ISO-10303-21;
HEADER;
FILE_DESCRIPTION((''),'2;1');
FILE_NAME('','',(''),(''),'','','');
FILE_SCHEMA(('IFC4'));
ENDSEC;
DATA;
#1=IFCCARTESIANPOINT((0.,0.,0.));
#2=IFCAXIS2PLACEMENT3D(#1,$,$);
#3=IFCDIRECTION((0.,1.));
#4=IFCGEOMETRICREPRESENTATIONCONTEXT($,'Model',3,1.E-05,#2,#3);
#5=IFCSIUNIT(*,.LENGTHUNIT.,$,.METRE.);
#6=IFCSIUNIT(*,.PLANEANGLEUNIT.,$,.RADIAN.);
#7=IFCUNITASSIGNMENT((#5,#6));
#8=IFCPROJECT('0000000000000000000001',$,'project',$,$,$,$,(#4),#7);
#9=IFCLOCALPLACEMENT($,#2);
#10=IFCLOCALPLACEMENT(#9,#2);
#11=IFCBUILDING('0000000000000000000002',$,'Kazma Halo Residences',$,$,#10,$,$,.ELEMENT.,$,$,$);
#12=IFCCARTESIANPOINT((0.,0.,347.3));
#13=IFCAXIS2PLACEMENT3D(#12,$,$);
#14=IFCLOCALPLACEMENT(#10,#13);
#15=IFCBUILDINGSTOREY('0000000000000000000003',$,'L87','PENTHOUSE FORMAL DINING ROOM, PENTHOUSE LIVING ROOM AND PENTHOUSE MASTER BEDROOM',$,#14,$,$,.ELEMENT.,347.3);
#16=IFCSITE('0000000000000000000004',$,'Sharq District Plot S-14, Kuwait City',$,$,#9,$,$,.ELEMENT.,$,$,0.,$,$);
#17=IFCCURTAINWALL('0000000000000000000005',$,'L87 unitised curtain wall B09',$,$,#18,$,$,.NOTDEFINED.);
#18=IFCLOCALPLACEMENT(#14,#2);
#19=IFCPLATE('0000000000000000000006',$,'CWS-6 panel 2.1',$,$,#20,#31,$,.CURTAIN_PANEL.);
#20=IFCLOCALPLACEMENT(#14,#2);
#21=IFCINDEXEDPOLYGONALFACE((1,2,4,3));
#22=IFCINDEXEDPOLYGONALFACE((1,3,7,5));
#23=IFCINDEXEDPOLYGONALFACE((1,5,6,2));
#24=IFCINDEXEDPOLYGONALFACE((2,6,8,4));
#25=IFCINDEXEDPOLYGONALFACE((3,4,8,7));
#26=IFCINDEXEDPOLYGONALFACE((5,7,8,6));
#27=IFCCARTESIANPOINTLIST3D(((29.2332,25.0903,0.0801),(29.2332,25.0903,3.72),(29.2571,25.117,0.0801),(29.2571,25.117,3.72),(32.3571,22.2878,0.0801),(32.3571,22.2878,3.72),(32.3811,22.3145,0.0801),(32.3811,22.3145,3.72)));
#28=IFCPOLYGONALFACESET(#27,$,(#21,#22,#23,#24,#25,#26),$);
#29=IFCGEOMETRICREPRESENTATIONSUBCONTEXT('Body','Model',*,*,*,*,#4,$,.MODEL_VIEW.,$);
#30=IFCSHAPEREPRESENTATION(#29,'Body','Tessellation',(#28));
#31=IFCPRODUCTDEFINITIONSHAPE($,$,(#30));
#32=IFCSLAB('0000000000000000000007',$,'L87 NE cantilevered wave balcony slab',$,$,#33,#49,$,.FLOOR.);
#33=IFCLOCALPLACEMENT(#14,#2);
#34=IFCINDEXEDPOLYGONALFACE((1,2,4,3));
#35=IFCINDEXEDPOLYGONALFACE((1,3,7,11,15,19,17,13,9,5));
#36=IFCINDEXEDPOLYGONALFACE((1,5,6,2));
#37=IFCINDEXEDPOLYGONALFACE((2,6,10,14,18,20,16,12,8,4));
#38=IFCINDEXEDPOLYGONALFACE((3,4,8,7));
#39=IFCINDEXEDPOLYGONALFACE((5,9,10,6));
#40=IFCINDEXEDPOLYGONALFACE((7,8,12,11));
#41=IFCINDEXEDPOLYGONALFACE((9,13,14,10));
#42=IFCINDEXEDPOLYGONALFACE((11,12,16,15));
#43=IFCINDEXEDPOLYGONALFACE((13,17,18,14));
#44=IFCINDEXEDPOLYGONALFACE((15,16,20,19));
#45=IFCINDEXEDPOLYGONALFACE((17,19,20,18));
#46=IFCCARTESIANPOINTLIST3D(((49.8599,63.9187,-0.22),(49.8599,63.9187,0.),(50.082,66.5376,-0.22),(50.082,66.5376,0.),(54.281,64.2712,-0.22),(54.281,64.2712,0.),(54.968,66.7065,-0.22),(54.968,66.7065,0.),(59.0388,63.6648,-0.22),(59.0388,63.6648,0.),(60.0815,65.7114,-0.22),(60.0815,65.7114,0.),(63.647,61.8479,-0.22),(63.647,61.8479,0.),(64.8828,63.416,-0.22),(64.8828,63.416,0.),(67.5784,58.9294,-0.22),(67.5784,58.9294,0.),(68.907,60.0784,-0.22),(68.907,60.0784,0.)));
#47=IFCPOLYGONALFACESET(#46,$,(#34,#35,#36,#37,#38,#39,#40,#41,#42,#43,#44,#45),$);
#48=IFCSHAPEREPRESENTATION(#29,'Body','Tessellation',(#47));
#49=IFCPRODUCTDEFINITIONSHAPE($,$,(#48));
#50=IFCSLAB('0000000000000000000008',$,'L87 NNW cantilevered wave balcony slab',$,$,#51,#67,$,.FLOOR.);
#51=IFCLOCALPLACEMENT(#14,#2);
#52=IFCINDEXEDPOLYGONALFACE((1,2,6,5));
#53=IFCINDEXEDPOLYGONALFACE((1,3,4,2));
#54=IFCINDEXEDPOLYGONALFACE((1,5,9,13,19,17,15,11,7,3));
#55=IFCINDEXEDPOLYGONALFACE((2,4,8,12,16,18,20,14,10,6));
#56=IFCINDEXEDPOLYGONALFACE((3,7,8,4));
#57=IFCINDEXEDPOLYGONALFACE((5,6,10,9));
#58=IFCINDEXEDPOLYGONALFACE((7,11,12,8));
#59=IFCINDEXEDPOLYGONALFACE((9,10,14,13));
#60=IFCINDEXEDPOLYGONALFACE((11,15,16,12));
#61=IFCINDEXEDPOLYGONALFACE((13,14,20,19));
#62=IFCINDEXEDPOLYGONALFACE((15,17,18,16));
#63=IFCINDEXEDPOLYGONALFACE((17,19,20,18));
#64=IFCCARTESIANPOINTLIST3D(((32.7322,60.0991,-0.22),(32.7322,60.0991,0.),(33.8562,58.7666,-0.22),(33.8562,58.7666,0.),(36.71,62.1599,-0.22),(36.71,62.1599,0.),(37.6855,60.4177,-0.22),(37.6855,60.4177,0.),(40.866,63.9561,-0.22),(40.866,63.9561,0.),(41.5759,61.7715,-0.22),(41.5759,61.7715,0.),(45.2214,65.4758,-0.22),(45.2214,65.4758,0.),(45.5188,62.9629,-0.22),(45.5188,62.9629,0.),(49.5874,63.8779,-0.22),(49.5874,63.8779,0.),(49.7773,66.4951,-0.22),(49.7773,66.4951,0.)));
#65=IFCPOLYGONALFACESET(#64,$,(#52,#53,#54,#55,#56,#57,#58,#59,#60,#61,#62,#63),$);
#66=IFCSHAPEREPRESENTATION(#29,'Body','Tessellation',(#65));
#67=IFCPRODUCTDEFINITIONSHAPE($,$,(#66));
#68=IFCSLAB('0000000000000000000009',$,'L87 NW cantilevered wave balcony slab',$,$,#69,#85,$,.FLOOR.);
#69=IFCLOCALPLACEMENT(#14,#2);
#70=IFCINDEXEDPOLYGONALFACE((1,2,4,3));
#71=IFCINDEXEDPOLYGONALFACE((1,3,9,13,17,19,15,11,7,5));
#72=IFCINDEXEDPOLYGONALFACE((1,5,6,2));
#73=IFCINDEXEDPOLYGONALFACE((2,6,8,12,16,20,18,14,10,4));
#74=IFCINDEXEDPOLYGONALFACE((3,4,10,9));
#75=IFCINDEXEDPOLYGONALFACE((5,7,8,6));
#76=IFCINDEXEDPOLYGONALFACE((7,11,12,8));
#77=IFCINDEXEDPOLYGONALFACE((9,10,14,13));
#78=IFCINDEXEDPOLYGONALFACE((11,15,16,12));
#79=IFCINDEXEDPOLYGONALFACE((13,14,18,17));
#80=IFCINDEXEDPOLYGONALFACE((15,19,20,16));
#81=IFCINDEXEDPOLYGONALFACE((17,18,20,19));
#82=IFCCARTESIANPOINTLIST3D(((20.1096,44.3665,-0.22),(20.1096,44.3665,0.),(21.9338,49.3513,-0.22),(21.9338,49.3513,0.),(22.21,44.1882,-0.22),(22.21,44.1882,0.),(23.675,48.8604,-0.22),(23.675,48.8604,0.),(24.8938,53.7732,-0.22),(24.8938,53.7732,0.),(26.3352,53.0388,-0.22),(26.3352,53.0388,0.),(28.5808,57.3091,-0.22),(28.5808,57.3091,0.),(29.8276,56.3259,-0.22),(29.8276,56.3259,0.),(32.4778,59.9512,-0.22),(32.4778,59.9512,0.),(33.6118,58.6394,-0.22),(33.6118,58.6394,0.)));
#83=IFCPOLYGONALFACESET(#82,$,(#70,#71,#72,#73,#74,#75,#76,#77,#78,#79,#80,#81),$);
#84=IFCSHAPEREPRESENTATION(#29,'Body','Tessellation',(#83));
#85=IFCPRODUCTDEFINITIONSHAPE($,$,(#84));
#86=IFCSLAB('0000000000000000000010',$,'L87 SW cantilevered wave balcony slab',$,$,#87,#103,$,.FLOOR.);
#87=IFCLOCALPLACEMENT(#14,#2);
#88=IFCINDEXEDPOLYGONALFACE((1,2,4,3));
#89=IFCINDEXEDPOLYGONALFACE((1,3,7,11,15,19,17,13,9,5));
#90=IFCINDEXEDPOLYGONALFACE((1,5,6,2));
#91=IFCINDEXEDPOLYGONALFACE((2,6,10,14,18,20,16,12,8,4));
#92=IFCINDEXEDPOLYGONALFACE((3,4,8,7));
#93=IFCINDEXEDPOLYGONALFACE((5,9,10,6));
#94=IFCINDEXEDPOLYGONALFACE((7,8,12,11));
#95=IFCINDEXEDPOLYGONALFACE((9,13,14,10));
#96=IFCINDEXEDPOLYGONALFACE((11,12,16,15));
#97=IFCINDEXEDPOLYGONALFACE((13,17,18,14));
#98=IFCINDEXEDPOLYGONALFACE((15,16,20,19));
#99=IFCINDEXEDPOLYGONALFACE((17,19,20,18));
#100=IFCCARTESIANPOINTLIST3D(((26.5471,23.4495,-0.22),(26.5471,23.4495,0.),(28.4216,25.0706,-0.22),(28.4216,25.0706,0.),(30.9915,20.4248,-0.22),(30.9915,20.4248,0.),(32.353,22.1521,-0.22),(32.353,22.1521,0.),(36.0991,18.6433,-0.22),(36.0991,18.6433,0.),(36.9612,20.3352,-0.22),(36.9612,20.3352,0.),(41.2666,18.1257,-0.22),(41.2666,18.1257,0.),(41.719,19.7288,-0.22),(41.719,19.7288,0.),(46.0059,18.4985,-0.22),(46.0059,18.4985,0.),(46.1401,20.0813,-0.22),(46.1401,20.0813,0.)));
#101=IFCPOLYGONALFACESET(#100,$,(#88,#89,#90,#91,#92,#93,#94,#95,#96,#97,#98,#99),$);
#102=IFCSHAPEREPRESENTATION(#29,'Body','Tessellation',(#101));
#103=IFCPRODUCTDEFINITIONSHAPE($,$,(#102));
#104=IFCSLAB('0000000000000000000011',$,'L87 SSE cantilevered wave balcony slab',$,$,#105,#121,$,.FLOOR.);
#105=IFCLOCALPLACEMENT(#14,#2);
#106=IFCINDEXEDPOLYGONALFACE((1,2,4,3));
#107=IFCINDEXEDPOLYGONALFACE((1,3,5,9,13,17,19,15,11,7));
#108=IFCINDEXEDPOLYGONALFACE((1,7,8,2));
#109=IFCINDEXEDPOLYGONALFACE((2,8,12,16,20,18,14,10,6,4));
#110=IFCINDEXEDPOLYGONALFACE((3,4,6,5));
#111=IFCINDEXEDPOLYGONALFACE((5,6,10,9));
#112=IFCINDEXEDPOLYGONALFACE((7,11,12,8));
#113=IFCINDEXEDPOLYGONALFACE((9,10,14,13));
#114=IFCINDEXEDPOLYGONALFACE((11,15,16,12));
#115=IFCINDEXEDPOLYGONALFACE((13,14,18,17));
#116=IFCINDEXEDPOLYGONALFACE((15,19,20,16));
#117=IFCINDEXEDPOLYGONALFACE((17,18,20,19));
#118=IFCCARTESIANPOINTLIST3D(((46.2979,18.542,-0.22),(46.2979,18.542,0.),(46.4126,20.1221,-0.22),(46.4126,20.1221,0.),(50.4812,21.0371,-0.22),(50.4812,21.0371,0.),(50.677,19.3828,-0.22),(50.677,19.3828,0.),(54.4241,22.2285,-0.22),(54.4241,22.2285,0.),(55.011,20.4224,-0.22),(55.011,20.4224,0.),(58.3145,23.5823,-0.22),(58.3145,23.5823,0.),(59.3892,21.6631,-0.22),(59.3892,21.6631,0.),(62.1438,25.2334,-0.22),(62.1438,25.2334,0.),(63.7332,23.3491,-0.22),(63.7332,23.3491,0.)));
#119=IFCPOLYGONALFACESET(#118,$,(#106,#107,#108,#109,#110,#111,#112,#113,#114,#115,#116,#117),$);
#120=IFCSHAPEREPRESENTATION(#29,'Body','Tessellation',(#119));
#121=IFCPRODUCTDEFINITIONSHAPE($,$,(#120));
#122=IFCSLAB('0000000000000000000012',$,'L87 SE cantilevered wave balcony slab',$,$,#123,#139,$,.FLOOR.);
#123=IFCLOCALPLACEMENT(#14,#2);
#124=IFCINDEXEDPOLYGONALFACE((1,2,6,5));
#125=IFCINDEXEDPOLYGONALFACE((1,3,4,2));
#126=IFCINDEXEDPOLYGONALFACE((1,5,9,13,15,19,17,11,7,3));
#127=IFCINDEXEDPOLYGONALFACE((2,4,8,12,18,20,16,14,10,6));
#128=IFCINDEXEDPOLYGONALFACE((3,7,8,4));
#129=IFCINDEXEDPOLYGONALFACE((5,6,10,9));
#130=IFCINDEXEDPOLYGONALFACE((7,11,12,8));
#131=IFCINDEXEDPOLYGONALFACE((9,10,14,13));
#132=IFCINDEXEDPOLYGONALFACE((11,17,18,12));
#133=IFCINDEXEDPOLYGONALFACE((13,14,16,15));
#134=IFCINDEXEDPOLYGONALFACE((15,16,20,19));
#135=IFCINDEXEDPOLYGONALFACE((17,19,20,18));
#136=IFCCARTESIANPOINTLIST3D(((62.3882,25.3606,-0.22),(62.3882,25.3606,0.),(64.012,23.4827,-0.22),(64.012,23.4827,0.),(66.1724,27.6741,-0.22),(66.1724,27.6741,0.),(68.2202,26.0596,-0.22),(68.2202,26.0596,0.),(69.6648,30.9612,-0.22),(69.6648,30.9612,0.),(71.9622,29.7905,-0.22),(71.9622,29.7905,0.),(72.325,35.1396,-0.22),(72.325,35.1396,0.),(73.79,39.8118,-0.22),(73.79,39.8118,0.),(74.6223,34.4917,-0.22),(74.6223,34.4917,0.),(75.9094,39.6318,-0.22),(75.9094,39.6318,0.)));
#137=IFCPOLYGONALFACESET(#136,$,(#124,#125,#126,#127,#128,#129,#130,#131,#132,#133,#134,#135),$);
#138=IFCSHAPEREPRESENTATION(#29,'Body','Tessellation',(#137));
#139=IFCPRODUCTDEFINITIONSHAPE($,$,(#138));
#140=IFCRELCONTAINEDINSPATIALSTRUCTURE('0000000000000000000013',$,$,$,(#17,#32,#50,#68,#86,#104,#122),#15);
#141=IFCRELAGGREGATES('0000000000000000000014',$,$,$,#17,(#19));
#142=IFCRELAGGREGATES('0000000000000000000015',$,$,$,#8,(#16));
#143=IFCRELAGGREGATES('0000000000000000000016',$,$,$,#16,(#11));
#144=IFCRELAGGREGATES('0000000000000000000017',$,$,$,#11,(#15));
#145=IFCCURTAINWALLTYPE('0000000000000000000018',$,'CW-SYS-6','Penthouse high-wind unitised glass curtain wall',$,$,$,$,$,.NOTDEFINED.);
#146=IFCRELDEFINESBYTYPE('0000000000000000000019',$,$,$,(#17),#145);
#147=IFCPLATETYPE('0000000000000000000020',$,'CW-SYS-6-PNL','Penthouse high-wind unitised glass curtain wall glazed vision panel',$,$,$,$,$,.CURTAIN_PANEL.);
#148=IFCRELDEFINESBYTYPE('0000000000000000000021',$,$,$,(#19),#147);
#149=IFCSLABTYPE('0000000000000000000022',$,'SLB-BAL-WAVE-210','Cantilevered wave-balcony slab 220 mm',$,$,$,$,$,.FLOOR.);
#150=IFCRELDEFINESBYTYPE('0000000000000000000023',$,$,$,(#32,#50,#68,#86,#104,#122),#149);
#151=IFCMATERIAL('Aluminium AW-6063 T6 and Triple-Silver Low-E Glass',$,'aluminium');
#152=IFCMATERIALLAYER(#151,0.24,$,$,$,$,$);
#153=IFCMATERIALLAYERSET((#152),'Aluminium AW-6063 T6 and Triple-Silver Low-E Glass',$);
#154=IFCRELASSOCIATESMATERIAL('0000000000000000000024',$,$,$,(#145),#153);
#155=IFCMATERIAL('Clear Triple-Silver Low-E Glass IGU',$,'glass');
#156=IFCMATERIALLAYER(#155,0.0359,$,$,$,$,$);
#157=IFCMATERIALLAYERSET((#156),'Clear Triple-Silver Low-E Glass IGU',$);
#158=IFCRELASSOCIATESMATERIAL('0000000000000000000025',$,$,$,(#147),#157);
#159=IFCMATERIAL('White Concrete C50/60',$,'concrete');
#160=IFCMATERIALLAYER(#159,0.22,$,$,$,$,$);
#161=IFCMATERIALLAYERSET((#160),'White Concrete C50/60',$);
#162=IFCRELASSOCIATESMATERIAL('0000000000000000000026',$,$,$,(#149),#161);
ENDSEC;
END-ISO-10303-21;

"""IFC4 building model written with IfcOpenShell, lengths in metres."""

from ifc_helpers import new_model, si_unit, direction, frame, origin, origin_2d, place, context, subcontext, project, spatial, polyline, rectangle, outline, extrude, material, layer, layer_set, type_object, element, aggregate, save


model = new_model("IFC4")

# Units and contexts
model_context = context("Model", 3, precision=1e-05, world=origin(), true_north=direction((0.0, 1.0)))
body_context = subcontext(model_context, "Body", "Model", "MODEL_VIEW")
ifc_project = project(units=[si_unit("LENGTHUNIT", "METRE"), si_unit("PLANEANGLEUNIT", "RADIAN")], contexts=[model_context])

# Site, building, storey
site_placement = place(None, origin())
site = spatial("IfcSite", under=ifc_project, at=site_placement, Name="Sharq District Plot S-14, Kuwait City", CompositionType="ELEMENT", RefElevation=0.0)
building_placement = place(site_placement, origin())
building = spatial("IfcBuilding", under=site, at=building_placement, Name="Kazma Halo Residences", CompositionType="ELEMENT")
storey_placement = place(building_placement, frame((0.0, 0.0, 347.3)))
storey = spatial("IfcBuildingStorey", under=building, at=storey_placement, Name="L87", Description="PENTHOUSE FORMAL DINING ROOM, PENTHOUSE LIVING ROOM AND PENTHOUSE MASTER BEDROOM", CompositionType="ELEMENT", Elevation=347.3)

# Curtain wall, plate
ifc_material_1 = material(Name="Aluminium AW-6063 T6 and Triple-Silver Low-E Glass", Category="aluminium")
ifc_layer_1 = layer(ifc_material_1, 0.24)
ifc_layer_set_1 = layer_set([ifc_layer_1], Name="Aluminium AW-6063 T6 and Triple-Silver Low-E Glass")
curtain_wall_type = type_object("IfcCurtainWallType", Name="CW-SYS-6", Description="Penthouse high-wind unitised glass curtain wall", PredefinedType="NOTDEFINED", material=ifc_layer_set_1)
curtain_wall_placement = place(storey_placement, origin())
curtain_wall = element("IfcCurtainWall", 1, at=curtain_wall_placement, inside=storey, type_object=curtain_wall_type, Name="L87 unitised curtain wall B09", PredefinedType="NOTDEFINED")
ifc_material_2 = material(Name="Clear Triple-Silver Low-E Glass IGU", Category="glass")
ifc_layer_2 = layer(ifc_material_2, 0.0359)
ifc_layer_set_2 = layer_set([ifc_layer_2], Name="Clear Triple-Silver Low-E Glass IGU")
plate_type = type_object("IfcPlateType", Name="CW-SYS-6-PNL", Description="Penthouse high-wind unitised glass curtain wall glazed vision panel", PredefinedType="CURTAIN_PANEL", material=ifc_layer_set_2)
plate_1_placement = place(storey_placement, frame((30.8071, 23.7024, 0.0801), z_axis=(0.0, 0.0, 1.0), x_axis=(0.744379, -0.667758, 0.0)))
plate_1 = element("IfcPlate", 2, at=plate_1_placement, type_object=plate_type, Name="CWS-6 panel 2.1", PredefinedType="CURTAIN_PANEL", context=body_context, shape_type="SweptSolid", body=[
    extrude(rectangle(XDim=4.1968, YDim=0.0359, at=origin_2d()), origin(), (0.0, 0.0, 1.0), 3.6399),
])
aggregate(curtain_wall, [plate_1])

# Slabs
ifc_material_3 = material(Name="White Concrete C50/60", Category="concrete")
ifc_layer_3 = layer(ifc_material_3, 0.22)
ifc_layer_set_3 = layer_set([ifc_layer_3], Name="White Concrete C50/60")
slab_type_1 = type_object("IfcSlabType", Name="SLB-BAL-WAVE-210", Description="Cantilevered wave-balcony slab 220 mm", PredefinedType="FLOOR", material=ifc_layer_set_3)
slab_1_placement = place(storey_placement, frame((0.0, 0.0, -0.22)))
element("IfcSlab", 3, at=slab_1_placement, inside=storey, type_object=slab_type_1, Name="L87 NE cantilevered wave balcony slab", PredefinedType="FLOOR", context=body_context, shape_type="SweptSolid", body=[
    extrude(outline(polyline([(67.5784, 58.9294), (63.647, 61.8479), (59.0388, 63.6648), (54.281, 64.2712), (49.8599, 63.9187), (50.082, 66.5376), (54.968, 66.7065), (60.0815, 65.7114), (64.8828, 63.416), (68.907, 60.0784), (67.5784, 58.9294)])), origin(), (0.0, 0.0, 1.0), 0.22),
])
slab_2_placement = place(storey_placement, frame((0.0, 0.0, -0.22)))
element("IfcSlab", 4, at=slab_2_placement, inside=storey, type_object=slab_type_1, Name="L87 NNW cantilevered wave balcony slab", PredefinedType="FLOOR", context=body_context, shape_type="SweptSolid", body=[
    extrude(outline(polyline([(49.5874, 63.8779), (45.5188, 62.9629), (41.5759, 61.7715), (37.6855, 60.4177), (33.8562, 58.7666), (32.7322, 60.0991), (36.71, 62.1599), (40.866, 63.9561), (45.2214, 65.4758), (49.7773, 66.4951), (49.5874, 63.8779)])), origin(), (0.0, 0.0, 1.0), 0.22),
])
slab_3_placement = place(storey_placement, frame((0.0, 0.0, -0.22)))
element("IfcSlab", 5, at=slab_3_placement, inside=storey, type_object=slab_type_1, Name="L87 NW cantilevered wave balcony slab", PredefinedType="FLOOR", context=body_context, shape_type="SweptSolid", body=[
    extrude(outline(polyline([(33.6118, 58.6394), (29.8276, 56.3259), (26.3352, 53.0388), (23.675, 48.8604), (22.21, 44.1882), (20.1096, 44.3665), (21.9338, 49.3513), (24.8938, 53.7732), (28.5808, 57.3091), (32.4778, 59.9512), (33.6118, 58.6394)])), origin(), (0.0, 0.0, 1.0), 0.22),
])
slab_4_placement = place(storey_placement, frame((0.0, 0.0, -0.22)))
element("IfcSlab", 6, at=slab_4_placement, inside=storey, type_object=slab_type_1, Name="L87 SW cantilevered wave balcony slab", PredefinedType="FLOOR", context=body_context, shape_type="SweptSolid", body=[
    extrude(outline(polyline([(28.4216, 25.0706), (32.353, 22.1521), (36.9612, 20.3352), (41.719, 19.7288), (46.1401, 20.0813), (46.0059, 18.4985), (41.2666, 18.1257), (36.0991, 18.6433), (30.9915, 20.4248), (26.5471, 23.4495), (28.4216, 25.0706)])), origin(), (0.0, 0.0, 1.0), 0.22),
])
slab_5_placement = place(storey_placement, frame((0.0, 0.0, -0.22)))
element("IfcSlab", 7, at=slab_5_placement, inside=storey, type_object=slab_type_1, Name="L87 SSE cantilevered wave balcony slab", PredefinedType="FLOOR", context=body_context, shape_type="SweptSolid", body=[
    extrude(outline(polyline([(46.4126, 20.1221), (50.4812, 21.0371), (54.4241, 22.2285), (58.3145, 23.5823), (62.1438, 25.2334), (63.7332, 23.3491), (59.3892, 21.6631), (55.011, 20.4224), (50.677, 19.3828), (46.2979, 18.542), (46.4126, 20.1221)])), origin(), (0.0, 0.0, 1.0), 0.22),
])
slab_6_placement = place(storey_placement, frame((0.0, 0.0, -0.22)))
element("IfcSlab", 8, at=slab_6_placement, inside=storey, type_object=slab_type_1, Name="L87 SE cantilevered wave balcony slab", PredefinedType="FLOOR", context=body_context, shape_type="SweptSolid", body=[
    extrude(outline(polyline([(62.3882, 25.3606), (66.1724, 27.6741), (69.6648, 30.9612), (72.325, 35.1396), (73.79, 39.8118), (75.9094, 39.6318), (74.6223, 34.4917), (71.9622, 29.7905), (68.2202, 26.0596), (64.012, 23.4827), (62.3882, 25.3606)])), origin(), (0.0, 0.0, 1.0), 0.22),
])

save(model, "model.ifc")
